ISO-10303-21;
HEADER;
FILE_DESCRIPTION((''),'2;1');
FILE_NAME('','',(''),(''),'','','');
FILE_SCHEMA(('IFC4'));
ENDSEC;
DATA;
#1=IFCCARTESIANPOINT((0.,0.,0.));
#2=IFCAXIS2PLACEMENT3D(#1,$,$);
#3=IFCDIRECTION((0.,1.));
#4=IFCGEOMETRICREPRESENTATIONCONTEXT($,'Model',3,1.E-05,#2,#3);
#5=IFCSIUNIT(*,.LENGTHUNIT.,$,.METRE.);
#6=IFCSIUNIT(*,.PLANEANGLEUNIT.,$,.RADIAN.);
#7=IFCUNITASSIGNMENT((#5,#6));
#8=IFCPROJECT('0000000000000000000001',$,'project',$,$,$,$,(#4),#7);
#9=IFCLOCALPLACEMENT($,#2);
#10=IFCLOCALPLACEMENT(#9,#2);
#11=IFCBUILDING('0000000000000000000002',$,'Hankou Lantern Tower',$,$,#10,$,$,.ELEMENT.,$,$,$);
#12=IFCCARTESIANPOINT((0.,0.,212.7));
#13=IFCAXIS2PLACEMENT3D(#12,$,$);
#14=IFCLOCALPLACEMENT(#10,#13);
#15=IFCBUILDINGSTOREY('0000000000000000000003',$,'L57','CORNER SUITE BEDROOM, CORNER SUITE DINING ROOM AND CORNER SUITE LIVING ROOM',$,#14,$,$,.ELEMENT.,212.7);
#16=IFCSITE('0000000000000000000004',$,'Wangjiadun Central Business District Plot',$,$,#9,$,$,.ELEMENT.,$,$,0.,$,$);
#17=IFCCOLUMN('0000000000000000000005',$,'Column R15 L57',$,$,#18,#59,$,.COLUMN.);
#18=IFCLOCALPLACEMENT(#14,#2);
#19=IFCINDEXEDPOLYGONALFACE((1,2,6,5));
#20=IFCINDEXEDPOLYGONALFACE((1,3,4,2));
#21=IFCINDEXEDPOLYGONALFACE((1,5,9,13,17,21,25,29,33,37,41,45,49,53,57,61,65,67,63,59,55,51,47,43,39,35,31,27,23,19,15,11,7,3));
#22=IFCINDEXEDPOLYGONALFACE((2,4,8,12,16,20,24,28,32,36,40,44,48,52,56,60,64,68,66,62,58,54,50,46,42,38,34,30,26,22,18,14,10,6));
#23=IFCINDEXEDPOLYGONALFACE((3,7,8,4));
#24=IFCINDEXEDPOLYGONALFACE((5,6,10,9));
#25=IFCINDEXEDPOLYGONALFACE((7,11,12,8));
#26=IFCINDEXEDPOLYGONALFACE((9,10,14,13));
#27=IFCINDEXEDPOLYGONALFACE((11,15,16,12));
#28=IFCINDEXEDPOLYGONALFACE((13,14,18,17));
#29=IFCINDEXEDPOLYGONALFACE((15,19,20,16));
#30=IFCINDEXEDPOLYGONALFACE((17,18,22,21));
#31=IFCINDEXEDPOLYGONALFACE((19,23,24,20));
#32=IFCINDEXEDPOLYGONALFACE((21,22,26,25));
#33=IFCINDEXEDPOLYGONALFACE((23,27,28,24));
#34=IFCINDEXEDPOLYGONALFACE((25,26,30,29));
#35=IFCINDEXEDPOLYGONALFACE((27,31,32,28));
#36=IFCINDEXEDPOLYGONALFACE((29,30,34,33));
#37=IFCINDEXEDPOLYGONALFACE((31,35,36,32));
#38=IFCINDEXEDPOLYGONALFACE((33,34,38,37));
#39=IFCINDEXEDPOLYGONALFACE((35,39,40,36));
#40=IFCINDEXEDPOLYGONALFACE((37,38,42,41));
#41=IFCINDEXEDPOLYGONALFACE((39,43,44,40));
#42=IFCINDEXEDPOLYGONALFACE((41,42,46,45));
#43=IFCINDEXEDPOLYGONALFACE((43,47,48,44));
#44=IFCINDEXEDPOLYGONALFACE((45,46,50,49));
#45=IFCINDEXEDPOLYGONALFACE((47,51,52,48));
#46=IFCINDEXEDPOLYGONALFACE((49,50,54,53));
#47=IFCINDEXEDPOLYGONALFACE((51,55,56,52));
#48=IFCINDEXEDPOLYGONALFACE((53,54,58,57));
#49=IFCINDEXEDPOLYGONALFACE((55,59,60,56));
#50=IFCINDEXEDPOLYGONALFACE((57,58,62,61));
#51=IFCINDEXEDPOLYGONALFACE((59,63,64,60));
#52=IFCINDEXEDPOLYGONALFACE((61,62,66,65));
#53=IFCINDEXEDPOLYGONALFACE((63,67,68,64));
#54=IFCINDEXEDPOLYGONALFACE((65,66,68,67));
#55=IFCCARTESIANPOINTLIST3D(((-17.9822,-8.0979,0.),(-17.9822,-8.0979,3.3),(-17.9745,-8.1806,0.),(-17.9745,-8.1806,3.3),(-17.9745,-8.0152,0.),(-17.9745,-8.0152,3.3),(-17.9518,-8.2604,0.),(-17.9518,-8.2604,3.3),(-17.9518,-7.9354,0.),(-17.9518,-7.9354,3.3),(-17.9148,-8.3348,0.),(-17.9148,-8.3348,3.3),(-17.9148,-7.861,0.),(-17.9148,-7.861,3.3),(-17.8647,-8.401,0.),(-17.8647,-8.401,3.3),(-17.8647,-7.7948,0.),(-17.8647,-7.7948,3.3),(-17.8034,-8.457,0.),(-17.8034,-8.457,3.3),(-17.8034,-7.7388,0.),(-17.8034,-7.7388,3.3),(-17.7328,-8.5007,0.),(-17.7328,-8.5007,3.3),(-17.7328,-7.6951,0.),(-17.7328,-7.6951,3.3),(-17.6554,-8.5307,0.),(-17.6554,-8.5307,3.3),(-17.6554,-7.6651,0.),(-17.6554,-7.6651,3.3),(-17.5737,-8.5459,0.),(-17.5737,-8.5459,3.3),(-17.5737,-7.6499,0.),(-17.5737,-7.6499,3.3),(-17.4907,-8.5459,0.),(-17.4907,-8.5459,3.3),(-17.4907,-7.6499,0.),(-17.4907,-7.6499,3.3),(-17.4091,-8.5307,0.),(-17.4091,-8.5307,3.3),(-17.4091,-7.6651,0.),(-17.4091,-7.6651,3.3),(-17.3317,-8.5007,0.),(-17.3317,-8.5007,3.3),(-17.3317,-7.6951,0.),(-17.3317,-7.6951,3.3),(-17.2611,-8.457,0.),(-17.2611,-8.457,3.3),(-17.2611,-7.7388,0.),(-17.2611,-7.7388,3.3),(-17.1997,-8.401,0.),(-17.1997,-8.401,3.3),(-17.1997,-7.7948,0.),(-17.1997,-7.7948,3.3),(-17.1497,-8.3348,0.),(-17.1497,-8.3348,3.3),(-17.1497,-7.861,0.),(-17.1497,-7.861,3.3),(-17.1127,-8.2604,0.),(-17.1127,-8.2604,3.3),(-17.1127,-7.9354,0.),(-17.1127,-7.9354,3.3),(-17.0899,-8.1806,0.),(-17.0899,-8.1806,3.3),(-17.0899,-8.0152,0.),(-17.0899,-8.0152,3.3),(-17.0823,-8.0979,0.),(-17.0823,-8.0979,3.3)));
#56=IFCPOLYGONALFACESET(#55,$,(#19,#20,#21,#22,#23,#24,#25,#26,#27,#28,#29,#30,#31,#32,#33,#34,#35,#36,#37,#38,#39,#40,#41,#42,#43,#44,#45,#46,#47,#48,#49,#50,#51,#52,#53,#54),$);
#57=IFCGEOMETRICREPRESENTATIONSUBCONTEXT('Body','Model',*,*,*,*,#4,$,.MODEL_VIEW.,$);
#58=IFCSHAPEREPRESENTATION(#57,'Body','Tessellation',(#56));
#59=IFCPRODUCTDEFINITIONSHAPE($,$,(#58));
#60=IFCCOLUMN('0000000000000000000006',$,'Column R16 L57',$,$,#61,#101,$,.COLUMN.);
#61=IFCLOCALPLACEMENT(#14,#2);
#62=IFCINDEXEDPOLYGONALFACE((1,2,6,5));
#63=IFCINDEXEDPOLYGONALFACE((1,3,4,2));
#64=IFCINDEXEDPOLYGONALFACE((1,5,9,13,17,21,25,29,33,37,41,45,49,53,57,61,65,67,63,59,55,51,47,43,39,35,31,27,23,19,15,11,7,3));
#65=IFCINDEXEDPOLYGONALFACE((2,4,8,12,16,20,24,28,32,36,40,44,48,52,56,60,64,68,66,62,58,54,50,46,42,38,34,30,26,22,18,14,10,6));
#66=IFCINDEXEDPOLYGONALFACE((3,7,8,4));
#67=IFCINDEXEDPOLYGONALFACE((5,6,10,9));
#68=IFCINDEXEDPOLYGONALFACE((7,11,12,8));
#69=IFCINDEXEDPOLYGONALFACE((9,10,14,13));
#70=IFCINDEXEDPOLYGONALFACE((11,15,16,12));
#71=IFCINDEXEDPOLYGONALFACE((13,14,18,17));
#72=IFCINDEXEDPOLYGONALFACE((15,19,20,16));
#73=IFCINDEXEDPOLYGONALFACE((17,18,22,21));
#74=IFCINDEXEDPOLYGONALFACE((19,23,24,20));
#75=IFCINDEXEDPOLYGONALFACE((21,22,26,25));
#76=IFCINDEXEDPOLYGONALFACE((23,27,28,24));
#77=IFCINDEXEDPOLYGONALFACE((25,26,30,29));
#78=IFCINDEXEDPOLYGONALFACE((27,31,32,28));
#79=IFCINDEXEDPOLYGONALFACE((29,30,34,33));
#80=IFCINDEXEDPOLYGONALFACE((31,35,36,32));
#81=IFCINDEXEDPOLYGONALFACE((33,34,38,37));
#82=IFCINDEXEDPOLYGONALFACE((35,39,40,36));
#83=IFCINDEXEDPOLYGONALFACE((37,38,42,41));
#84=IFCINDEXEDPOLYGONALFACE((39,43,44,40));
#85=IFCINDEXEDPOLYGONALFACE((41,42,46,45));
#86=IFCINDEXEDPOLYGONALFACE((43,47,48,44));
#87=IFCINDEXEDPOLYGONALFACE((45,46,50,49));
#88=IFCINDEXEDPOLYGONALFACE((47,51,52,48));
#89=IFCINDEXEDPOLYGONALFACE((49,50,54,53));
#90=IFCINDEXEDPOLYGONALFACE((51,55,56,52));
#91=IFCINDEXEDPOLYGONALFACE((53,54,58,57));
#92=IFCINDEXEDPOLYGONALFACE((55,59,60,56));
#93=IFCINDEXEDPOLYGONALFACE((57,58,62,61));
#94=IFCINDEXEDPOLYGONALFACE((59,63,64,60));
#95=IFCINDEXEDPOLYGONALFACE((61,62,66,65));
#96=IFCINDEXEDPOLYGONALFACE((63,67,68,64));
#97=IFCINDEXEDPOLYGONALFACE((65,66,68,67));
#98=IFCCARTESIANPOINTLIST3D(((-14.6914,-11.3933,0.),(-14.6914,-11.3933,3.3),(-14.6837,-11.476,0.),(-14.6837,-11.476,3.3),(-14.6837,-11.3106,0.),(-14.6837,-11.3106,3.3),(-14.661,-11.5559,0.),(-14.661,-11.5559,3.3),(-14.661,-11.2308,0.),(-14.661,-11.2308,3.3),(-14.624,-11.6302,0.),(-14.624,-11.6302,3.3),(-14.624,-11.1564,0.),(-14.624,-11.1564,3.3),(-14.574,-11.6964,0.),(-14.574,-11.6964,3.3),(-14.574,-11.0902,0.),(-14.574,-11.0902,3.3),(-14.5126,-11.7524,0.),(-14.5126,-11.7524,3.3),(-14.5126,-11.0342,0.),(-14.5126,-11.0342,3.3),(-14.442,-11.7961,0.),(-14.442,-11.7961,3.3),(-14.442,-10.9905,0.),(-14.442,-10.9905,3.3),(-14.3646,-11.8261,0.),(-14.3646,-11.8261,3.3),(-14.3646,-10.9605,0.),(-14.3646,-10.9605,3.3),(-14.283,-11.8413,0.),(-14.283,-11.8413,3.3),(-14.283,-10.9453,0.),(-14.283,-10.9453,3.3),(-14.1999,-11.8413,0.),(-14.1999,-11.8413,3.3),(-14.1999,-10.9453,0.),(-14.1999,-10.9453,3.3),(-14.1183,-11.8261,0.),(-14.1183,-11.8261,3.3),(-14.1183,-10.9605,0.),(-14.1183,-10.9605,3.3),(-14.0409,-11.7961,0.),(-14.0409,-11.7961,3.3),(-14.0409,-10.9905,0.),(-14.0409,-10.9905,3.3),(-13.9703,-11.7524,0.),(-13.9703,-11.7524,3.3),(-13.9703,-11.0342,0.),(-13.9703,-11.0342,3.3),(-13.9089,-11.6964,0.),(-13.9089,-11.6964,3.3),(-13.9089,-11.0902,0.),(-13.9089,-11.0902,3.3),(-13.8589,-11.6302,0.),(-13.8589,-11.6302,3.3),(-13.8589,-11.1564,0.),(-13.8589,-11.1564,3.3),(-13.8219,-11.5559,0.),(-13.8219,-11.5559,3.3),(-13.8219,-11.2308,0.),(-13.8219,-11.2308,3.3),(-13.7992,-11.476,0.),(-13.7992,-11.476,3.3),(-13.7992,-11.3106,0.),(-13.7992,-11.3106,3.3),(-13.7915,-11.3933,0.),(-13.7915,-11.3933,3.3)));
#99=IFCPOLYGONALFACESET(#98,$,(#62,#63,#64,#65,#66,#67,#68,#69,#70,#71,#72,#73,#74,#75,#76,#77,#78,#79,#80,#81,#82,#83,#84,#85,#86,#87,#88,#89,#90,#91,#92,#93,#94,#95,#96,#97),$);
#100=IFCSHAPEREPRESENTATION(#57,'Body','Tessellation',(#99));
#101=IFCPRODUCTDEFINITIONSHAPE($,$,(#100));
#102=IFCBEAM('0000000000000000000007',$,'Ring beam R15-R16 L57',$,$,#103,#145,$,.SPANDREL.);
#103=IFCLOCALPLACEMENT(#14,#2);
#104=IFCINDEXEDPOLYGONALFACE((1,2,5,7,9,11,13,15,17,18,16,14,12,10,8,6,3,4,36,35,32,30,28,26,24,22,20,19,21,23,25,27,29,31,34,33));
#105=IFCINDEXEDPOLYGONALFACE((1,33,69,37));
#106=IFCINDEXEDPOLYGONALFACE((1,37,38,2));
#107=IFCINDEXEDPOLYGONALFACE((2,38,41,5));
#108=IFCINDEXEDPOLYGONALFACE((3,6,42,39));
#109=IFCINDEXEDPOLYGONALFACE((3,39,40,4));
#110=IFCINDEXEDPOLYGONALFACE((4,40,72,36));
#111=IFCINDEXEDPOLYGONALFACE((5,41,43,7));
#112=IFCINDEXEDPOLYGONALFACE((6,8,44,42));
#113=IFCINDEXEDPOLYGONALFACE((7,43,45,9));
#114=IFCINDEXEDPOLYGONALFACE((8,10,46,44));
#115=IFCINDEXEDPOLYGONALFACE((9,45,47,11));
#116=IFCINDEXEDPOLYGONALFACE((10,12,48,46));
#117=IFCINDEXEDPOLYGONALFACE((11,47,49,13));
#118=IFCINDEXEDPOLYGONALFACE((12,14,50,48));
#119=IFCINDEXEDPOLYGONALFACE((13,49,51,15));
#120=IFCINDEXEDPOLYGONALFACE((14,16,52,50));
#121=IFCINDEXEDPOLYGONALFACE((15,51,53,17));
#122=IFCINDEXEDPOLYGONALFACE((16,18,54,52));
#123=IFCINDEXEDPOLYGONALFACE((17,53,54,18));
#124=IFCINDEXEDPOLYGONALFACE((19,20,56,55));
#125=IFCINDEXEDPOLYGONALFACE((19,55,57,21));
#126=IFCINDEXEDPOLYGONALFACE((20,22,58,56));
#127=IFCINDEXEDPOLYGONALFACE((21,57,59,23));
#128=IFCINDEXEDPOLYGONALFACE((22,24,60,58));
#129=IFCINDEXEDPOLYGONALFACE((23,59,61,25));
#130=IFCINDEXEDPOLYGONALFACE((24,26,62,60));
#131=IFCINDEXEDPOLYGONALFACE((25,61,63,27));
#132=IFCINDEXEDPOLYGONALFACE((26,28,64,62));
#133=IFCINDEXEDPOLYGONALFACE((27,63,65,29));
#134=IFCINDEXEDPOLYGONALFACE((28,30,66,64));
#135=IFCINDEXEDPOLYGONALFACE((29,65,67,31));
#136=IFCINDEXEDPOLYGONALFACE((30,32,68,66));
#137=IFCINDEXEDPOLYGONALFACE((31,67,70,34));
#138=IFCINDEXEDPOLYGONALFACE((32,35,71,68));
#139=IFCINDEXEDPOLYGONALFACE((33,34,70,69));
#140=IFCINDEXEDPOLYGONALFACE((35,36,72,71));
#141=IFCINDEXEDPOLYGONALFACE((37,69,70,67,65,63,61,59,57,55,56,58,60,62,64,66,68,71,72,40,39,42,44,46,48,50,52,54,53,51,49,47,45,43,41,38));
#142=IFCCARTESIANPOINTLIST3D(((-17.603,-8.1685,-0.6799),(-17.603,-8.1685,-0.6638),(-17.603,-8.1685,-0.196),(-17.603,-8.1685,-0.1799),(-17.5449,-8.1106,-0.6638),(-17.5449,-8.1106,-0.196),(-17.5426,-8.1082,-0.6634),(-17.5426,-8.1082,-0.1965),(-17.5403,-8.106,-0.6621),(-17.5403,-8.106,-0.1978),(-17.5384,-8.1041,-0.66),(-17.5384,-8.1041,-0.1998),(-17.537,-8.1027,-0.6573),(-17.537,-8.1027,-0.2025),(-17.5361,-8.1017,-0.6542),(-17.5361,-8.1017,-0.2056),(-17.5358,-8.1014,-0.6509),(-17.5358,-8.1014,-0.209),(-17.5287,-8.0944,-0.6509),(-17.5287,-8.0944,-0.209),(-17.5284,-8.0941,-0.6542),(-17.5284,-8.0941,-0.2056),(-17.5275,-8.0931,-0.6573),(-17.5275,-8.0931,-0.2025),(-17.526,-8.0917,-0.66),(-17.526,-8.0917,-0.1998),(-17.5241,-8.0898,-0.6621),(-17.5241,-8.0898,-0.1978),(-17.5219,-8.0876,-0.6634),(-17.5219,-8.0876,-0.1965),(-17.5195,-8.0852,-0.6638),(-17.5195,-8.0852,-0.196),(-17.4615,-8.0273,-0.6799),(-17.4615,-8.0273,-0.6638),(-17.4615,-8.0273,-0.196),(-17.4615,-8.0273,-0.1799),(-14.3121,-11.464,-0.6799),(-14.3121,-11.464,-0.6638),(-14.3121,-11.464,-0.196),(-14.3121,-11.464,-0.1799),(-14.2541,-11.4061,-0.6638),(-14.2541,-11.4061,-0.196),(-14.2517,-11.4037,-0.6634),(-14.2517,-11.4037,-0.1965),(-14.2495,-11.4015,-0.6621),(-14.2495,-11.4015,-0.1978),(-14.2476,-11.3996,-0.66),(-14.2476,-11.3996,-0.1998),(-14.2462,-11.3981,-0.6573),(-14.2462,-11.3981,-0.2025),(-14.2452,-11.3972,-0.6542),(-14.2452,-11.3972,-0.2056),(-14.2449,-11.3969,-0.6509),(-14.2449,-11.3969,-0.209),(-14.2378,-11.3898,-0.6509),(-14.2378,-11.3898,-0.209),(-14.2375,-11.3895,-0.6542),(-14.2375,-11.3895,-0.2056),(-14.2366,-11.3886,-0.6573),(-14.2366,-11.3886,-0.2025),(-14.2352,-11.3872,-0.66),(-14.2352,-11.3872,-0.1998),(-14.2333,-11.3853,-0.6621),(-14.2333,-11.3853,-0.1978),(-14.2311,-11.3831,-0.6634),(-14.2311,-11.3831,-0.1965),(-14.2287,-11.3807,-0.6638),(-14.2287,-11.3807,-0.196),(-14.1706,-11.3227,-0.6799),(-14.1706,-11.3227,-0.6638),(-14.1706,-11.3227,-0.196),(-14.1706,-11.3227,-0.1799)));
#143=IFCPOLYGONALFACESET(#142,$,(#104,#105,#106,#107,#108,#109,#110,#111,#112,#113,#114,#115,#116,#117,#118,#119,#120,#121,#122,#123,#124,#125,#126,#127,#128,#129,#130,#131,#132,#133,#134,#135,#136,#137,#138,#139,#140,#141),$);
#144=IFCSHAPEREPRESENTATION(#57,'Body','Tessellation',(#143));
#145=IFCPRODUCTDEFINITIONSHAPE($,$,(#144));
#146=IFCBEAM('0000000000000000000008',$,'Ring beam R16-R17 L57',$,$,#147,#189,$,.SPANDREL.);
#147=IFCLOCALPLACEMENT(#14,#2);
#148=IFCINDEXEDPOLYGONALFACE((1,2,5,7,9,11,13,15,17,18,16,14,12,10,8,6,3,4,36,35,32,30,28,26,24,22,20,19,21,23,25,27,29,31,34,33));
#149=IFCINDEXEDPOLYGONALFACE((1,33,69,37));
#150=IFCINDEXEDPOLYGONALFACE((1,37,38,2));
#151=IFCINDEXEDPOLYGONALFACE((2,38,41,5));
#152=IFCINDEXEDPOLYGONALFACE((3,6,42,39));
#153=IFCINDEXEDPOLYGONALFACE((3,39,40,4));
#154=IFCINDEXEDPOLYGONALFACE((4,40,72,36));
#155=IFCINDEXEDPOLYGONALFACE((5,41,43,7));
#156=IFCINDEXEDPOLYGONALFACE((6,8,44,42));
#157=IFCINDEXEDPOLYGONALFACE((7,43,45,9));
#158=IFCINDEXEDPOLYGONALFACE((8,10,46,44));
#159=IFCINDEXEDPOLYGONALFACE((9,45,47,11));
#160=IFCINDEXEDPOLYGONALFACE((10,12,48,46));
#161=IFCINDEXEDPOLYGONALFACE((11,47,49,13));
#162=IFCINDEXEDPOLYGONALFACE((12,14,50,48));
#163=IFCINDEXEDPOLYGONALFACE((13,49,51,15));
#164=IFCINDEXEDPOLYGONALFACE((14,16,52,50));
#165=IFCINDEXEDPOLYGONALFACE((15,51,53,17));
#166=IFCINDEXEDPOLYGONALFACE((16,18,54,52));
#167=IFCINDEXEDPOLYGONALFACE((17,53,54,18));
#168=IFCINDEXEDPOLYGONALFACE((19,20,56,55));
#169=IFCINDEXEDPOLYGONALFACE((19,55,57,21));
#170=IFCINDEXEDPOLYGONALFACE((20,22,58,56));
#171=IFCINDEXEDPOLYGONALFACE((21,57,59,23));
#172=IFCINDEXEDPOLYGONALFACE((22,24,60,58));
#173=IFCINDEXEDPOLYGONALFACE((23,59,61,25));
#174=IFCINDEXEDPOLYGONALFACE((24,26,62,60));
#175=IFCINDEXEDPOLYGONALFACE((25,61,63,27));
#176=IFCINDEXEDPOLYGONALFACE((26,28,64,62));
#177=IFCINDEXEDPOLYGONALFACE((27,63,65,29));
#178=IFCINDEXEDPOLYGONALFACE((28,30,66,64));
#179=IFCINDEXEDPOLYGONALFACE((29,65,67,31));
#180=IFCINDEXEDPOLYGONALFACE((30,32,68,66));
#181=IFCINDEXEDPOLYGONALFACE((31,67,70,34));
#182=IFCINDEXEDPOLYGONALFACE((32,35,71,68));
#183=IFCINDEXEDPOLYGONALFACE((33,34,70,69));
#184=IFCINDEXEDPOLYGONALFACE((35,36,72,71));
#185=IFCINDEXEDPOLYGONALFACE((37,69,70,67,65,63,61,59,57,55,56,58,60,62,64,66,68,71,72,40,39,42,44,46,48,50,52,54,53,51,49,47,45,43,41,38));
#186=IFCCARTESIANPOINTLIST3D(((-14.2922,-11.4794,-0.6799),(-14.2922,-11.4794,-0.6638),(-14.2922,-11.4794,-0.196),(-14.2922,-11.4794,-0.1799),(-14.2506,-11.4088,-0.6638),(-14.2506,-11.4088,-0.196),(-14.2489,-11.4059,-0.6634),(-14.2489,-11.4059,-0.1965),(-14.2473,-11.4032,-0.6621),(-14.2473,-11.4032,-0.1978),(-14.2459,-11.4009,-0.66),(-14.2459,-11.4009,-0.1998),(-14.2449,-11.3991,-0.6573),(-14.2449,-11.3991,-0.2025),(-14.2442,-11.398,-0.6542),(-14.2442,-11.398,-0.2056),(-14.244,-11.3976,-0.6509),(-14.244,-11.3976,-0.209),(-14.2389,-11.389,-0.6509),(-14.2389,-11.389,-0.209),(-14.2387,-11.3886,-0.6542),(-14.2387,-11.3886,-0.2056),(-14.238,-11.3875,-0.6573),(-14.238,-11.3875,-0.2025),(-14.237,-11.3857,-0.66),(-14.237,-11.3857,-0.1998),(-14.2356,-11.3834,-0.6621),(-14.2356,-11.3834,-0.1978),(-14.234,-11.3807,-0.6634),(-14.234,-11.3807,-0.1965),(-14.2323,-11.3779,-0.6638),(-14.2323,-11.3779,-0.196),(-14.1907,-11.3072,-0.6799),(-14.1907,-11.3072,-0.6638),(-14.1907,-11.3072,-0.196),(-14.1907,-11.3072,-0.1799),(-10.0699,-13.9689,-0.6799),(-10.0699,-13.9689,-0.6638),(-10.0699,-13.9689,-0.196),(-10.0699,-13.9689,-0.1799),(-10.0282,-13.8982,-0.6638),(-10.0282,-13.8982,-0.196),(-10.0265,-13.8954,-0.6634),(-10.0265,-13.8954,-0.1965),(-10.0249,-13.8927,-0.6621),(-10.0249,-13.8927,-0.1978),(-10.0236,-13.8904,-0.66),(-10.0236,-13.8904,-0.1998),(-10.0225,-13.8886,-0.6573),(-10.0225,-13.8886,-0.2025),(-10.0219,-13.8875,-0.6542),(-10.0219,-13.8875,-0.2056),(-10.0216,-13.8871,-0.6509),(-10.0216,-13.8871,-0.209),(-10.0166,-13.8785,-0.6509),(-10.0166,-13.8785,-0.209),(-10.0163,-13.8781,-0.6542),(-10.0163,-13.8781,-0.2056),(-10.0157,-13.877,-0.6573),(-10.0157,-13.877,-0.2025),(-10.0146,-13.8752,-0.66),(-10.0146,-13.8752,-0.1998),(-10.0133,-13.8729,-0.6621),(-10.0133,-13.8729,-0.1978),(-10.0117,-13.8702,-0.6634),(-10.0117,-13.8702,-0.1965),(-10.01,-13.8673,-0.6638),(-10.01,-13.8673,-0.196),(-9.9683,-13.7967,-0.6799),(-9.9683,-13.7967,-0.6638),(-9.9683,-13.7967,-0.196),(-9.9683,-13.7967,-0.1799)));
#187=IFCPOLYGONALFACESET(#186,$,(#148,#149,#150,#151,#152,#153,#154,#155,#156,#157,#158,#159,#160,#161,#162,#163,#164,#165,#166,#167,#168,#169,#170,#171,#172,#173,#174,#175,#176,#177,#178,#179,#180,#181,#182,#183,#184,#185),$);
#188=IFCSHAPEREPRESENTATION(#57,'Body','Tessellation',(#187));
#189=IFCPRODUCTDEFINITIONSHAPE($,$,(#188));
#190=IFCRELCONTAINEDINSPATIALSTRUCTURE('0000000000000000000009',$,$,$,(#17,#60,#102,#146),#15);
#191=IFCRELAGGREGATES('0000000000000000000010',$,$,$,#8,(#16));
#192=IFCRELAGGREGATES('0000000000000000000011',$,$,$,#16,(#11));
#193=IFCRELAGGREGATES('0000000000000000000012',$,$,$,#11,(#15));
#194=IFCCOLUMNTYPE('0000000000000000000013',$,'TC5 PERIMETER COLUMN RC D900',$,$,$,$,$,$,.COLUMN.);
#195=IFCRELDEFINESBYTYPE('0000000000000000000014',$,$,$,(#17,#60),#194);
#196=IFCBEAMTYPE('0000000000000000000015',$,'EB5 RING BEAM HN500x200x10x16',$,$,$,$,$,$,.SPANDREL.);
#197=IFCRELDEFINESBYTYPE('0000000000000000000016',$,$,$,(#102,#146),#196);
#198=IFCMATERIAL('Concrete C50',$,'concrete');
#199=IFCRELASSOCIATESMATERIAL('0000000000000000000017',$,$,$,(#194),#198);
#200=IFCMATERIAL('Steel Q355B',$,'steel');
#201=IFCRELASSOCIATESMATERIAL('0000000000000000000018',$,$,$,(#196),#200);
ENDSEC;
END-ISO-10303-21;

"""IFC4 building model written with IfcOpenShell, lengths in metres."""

from ifc_helpers import new_model, si_unit, direction, frame, origin, origin_2d, place, context, subcontext, project, spatial, circle, i_section, extrude, material, material_profile, profile_set, type_object, element, save


model = new_model("IFC4")

# Units and contexts
model_context = context("Model", 3, precision=1e-05, world=origin(), true_north=direction((0.0, 1.0)))
body_context = subcontext(model_context, "Body", "Model", "MODEL_VIEW")
ifc_project = project(units=[si_unit("LENGTHUNIT", "METRE"), si_unit("PLANEANGLEUNIT", "RADIAN")], contexts=[model_context])

# Site, building, storey
site_placement = place(None, origin())
site = spatial("IfcSite", under=ifc_project, at=site_placement, Name="Wangjiadun Central Business District Plot", CompositionType="ELEMENT", RefElevation=0.0)
building_placement = place(site_placement, origin())
building = spatial("IfcBuilding", under=site, at=building_placement, Name="Hankou Lantern Tower", CompositionType="ELEMENT")
storey_placement = place(building_placement, frame((0.0, 0.0, 212.7)))
storey = spatial("IfcBuildingStorey", under=building, at=storey_placement, Name="L57", Description="CORNER SUITE BEDROOM, CORNER SUITE DINING ROOM AND CORNER SUITE LIVING ROOM", CompositionType="ELEMENT", Elevation=212.7)

# Columns
ifc_material_1 = material(Name="Concrete C50", Category="concrete")
ifc_material_profile_1 = material_profile(ifc_material_1, circle(Radius=0.45, at=origin_2d()), Name="RC D900")
ifc_profile_set_1 = profile_set([ifc_material_profile_1], Name="Concrete C50")
column_type = type_object("IfcColumnType", Name="TC5 PERIMETER COLUMN RC D900", PredefinedType="COLUMN", material=ifc_profile_set_1)
for number, where, z_axis, x_axis, name in (
    (1, (-17.5322, -8.0979, 0.0), (0.0, 0.0, 1.0), (1.0, 0.0, 0.0), "Column R15 L57"),
    (2, (-14.2415, -11.3933, 0.0), (0.0, 0.0, 1.0), (1.0, 0.0, 0.0), "Column R16 L57"),
):
    element("IfcColumn", number, at=place(storey_placement, frame(where, z_axis=z_axis, x_axis=x_axis)), inside=storey, type_object=column_type, Name=name, PredefinedType="COLUMN", context=body_context, shape_type="SweptSolid", body=[
        extrude(circle(Radius=0.45, at=origin_2d()), origin(), (0.0, 0.0, 1.0), 3.3),
    ])

# Beams
ifc_material_2 = material(Name="Steel Q355B", Category="steel")
ifc_material_profile_2 = material_profile(ifc_material_2, i_section(OverallWidth=0.2, OverallDepth=0.5, WebThickness=0.01, FlangeThickness=0.0161, FilletRadius=0.0129, at=origin_2d()), Name="HN500x200x10x16")
ifc_profile_set_2 = profile_set([ifc_material_profile_2], Name="Steel Q355B")
beam_type_1 = type_object("IfcBeamType", Name="EB5 RING BEAM HN500x200x10x16", PredefinedType="SPANDREL", material=ifc_profile_set_2)
beam_1_placement = place(storey_placement, frame((-17.5322, -8.0979, -0.4299), z_axis=(0.706609, -0.707605, 0.0), x_axis=(0.707605, 0.706609, 0.0)))
element("IfcBeam", 3, at=beam_1_placement, inside=storey, type_object=beam_type_1, Name="Ring beam R15-R16 L57", PredefinedType="SPANDREL", context=body_context, shape_type="SweptSolid", body=[
    extrude(i_section(OverallWidth=0.2, OverallDepth=0.5, WebThickness=0.01, FlangeThickness=0.0161, FilletRadius=0.0129, at=origin_2d()), origin(), (0.0, 0.0, 1.0), 4.6572),
])
beam_2_placement = place(storey_placement, frame((-14.2415, -11.3933, -0.4299), z_axis=(0.861423, -0.507888, 0.0), x_axis=(0.507888, 0.861423, 0.0)))
element("IfcBeam", 4, at=beam_2_placement, inside=storey, type_object=beam_type_1, Name="Ring beam R16-R17 L57", PredefinedType="SPANDREL", context=body_context, shape_type="SweptSolid", body=[
    extrude(i_section(OverallWidth=0.2, OverallDepth=0.5, WebThickness=0.01, FlangeThickness=0.0161, FilletRadius=0.0129, at=origin_2d()), origin(), (0.0, 0.0, 1.0), 4.9016),
])

save(model, "model.ifc")
